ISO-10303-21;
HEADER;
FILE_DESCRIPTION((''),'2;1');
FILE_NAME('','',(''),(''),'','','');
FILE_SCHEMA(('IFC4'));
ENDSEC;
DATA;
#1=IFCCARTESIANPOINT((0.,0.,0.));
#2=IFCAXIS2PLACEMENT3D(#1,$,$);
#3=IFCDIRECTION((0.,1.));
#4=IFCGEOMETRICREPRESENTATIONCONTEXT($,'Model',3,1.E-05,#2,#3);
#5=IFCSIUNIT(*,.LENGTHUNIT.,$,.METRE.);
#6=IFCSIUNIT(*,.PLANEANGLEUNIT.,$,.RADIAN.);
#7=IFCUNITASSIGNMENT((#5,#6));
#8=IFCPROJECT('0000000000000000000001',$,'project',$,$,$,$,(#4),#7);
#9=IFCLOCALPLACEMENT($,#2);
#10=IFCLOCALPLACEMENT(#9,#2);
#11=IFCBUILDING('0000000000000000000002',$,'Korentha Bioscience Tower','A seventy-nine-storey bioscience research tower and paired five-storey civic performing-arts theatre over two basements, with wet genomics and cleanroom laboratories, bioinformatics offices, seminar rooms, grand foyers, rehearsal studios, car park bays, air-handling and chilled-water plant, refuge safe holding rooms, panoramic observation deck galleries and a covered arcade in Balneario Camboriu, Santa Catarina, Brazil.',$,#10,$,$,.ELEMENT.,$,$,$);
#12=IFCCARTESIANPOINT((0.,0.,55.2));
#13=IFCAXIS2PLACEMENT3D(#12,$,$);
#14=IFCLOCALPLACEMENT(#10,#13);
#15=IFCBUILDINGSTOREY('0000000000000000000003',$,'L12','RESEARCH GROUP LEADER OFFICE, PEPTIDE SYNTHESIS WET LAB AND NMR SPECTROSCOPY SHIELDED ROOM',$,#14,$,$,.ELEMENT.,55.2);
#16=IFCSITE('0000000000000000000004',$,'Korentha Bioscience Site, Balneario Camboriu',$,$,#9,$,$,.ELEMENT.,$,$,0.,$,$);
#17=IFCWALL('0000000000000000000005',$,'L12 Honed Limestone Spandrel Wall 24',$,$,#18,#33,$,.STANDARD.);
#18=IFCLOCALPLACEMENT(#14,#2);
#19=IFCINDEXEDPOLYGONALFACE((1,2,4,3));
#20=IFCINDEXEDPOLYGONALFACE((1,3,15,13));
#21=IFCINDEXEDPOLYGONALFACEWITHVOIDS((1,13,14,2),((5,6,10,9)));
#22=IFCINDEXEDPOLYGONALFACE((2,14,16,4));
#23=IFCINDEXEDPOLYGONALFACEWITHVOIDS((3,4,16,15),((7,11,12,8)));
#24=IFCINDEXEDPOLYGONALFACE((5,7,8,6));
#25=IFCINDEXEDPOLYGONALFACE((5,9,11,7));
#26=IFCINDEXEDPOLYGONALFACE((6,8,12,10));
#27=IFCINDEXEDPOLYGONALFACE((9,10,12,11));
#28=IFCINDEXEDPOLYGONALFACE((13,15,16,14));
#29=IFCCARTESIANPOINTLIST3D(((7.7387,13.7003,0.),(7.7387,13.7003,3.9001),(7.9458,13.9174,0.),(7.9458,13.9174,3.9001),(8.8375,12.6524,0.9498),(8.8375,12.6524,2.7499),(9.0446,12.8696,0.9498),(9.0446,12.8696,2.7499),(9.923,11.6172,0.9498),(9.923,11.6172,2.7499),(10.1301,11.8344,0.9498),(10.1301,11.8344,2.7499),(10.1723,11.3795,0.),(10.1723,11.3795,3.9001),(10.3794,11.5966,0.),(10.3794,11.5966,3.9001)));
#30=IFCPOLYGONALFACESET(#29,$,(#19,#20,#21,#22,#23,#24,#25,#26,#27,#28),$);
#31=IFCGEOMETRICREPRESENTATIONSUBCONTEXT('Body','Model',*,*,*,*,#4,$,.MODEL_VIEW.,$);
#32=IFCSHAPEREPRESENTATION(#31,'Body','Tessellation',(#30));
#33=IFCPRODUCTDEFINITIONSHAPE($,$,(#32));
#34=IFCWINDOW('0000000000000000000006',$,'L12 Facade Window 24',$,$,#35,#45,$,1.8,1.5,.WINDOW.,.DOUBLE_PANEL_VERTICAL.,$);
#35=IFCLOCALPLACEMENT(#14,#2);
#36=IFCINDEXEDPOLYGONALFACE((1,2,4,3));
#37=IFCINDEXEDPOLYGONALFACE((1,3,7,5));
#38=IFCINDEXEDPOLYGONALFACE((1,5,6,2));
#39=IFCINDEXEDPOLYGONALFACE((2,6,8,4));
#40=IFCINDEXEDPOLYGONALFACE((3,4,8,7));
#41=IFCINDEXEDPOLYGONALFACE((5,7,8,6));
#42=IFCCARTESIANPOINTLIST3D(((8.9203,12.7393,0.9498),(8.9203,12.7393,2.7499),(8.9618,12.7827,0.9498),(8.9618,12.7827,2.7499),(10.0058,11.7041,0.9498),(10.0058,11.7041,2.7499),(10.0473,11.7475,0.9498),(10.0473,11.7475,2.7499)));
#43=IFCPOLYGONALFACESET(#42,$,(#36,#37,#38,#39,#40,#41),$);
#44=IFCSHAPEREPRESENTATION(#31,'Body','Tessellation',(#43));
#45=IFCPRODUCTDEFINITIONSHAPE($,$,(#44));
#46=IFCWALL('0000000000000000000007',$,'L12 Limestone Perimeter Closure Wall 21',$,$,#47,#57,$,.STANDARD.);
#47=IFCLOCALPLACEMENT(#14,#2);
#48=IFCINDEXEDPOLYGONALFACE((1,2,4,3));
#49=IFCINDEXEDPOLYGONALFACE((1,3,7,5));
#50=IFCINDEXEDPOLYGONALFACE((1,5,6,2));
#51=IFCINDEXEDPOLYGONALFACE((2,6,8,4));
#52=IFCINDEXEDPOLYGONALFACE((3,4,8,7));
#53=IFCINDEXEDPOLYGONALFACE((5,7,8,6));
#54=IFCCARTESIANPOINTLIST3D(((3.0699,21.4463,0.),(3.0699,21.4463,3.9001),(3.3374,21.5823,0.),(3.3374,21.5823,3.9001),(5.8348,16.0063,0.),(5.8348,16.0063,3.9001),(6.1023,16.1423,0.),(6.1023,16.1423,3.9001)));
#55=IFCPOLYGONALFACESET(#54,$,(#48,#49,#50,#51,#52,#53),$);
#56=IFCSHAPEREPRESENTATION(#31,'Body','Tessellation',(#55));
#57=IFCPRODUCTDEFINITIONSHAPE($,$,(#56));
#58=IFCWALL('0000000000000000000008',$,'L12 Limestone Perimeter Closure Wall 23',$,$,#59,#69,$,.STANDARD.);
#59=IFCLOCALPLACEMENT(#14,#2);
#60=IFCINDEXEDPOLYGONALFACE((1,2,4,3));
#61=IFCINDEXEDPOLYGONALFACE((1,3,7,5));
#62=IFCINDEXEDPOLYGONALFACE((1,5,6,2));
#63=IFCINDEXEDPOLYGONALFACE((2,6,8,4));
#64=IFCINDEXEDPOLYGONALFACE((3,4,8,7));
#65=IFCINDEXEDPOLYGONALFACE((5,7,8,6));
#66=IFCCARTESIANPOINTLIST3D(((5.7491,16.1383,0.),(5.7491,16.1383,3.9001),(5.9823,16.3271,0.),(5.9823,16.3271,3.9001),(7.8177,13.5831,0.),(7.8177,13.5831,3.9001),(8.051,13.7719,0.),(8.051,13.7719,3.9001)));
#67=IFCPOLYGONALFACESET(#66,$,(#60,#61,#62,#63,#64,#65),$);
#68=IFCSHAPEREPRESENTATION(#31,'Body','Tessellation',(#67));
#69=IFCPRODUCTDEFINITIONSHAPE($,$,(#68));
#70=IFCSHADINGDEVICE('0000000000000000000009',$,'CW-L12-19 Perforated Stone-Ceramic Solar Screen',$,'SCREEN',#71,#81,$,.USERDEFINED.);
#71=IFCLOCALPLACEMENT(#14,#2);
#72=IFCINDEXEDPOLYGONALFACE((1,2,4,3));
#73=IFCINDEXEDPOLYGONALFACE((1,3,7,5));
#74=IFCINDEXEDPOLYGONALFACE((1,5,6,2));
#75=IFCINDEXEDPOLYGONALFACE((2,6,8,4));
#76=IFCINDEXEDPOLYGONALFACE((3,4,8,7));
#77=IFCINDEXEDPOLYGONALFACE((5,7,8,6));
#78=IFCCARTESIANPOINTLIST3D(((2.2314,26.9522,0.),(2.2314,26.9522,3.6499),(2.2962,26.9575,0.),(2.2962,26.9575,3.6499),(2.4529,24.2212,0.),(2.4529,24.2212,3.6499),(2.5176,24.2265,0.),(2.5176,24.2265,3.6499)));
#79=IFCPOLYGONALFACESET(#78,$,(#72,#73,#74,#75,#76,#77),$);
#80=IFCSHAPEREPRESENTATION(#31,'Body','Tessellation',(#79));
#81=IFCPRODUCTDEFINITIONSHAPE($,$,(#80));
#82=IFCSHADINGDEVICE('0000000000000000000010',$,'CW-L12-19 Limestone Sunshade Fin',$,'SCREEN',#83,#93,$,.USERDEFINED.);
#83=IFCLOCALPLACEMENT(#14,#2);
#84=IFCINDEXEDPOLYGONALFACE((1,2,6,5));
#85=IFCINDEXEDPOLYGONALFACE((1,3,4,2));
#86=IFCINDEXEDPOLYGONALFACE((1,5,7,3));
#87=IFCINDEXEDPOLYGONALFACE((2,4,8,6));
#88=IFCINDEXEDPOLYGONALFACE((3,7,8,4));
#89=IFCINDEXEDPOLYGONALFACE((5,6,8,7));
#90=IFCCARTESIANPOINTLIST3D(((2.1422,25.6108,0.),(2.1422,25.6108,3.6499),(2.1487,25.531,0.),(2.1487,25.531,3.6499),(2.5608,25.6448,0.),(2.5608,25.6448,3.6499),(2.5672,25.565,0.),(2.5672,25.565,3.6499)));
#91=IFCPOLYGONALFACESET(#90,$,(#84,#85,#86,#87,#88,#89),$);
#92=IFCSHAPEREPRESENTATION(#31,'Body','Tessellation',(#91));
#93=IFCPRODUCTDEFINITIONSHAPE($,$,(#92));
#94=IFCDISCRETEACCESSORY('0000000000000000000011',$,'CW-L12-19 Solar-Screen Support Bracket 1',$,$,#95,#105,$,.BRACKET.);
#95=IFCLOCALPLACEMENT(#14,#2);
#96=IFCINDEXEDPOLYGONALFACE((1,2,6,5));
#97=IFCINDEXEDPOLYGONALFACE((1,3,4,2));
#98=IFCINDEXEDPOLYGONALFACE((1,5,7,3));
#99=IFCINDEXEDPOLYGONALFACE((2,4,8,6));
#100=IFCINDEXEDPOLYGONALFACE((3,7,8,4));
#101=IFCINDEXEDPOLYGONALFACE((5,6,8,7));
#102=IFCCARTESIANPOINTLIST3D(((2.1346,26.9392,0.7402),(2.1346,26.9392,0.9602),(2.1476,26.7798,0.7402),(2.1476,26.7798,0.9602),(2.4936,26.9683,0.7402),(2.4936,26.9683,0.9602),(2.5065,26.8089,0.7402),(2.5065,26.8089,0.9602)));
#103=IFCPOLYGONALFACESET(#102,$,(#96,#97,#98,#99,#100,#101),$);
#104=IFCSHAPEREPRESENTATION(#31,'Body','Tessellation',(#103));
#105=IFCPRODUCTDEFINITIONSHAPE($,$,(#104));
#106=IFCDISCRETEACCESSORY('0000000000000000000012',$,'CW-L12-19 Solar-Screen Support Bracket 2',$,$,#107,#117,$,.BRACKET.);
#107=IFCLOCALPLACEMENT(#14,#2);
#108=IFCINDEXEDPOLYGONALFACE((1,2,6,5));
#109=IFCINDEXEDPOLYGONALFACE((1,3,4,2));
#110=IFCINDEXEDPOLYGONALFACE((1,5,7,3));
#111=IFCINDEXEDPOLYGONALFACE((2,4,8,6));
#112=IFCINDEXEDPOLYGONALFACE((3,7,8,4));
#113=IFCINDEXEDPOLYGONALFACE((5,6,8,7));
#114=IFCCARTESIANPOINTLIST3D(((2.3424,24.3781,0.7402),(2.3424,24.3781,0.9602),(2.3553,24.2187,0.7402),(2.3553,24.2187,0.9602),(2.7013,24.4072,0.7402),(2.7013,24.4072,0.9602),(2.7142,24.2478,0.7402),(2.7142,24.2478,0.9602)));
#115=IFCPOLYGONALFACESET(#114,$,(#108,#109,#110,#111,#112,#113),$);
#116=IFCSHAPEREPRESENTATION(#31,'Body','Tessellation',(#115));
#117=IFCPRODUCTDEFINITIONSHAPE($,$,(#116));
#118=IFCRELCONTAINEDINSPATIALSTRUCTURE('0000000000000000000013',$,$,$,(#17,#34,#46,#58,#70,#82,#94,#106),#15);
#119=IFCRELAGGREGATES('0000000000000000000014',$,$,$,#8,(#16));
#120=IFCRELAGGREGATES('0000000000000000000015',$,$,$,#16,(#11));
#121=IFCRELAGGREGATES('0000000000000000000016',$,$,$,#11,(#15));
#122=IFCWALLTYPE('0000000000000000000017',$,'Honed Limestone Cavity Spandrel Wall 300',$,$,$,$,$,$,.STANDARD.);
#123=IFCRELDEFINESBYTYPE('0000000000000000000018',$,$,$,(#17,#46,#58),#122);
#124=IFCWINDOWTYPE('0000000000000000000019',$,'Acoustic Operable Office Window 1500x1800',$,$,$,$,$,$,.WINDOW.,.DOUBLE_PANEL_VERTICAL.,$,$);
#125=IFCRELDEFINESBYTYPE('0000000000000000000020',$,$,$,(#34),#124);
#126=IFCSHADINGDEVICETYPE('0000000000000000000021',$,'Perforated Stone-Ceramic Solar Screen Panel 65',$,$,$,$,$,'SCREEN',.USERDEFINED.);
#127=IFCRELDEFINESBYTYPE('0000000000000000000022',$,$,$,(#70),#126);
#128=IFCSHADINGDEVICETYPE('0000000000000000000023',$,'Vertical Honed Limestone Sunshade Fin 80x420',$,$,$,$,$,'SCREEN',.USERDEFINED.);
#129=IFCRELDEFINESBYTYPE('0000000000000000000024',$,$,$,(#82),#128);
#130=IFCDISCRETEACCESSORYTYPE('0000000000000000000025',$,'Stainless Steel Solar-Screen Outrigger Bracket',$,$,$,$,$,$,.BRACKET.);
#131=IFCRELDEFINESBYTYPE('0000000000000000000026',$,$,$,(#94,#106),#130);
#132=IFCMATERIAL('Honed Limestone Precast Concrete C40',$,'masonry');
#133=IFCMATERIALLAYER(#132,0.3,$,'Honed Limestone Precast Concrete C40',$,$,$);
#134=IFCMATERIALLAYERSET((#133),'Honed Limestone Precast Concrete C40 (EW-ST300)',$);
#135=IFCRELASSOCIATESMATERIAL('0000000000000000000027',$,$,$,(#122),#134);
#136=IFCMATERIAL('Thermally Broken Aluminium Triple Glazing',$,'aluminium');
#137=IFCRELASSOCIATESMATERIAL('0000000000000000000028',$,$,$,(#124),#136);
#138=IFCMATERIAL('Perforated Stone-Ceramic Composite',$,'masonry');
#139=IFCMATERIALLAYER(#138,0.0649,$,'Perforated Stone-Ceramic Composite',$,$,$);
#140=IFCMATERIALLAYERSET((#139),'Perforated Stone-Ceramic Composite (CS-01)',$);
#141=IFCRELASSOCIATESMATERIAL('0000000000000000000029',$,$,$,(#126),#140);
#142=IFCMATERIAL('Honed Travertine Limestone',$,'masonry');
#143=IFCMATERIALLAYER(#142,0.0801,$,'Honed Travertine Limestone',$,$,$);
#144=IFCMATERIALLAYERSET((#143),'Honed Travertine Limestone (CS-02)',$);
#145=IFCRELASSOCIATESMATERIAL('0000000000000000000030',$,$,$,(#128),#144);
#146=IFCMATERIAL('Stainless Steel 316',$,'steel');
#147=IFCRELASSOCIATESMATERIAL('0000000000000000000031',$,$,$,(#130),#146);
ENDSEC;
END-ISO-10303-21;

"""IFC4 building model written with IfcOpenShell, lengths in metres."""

from ifc_helpers import new_model, si_unit, direction, frame, frame_2d, origin, origin_2d, place, context, subcontext, project, spatial, rectangle, extrude, material, layer, layer_set, type_object, element, fill, save


model = new_model("IFC4")

# Units and contexts
model_context = context("Model", 3, precision=1e-05, world=origin(), true_north=direction((0.0, 1.0)))
body_context = subcontext(model_context, "Body", "Model", "MODEL_VIEW")
ifc_project = project(units=[si_unit("LENGTHUNIT", "METRE"), si_unit("PLANEANGLEUNIT", "RADIAN")], contexts=[model_context])

# Site, building, storey
site_placement = place(None, origin())
site = spatial("IfcSite", under=ifc_project, at=site_placement, Name="Korentha Bioscience Site, Balneario Camboriu", CompositionType="ELEMENT", RefElevation=0.0)
building_placement = place(site_placement, origin())
building = spatial("IfcBuilding", under=site, at=building_placement, Name="Korentha Bioscience Tower", Description="A seventy-nine-storey bioscience research tower and paired five-storey civic performing-arts theatre over two basements, with wet genomics and cleanroom laboratories, bioinformatics offices, seminar rooms, grand foyers, rehearsal studios, car park bays, air-handling and chilled-water plant, refuge safe holding rooms, panoramic observation deck galleries and a covered arcade in Balneario Camboriu, Santa Catarina, Brazil.", CompositionType="ELEMENT")
storey_placement = place(building_placement, frame((0.0, 0.0, 55.2)))
storey = spatial("IfcBuildingStorey", under=building, at=storey_placement, Name="L12", Description="RESEARCH GROUP LEADER OFFICE, PEPTIDE SYNTHESIS WET LAB AND NMR SPECTROSCOPY SHIELDED ROOM", CompositionType="ELEMENT", Elevation=55.2)

# Shared definitions
ifc_material_1 = material(Name="Honed Limestone Precast Concrete C40", Category="masonry")
ifc_layer_1 = layer(ifc_material_1, 0.3, Name="Honed Limestone Precast Concrete C40")
ifc_layer_set_1 = layer_set([ifc_layer_1], Name="Honed Limestone Precast Concrete C40 (EW-ST300)")
wall_type_1 = type_object("IfcWallType", Name="Honed Limestone Cavity Spandrel Wall 300", PredefinedType="STANDARD", material=ifc_layer_set_1)

# Wall, opening, window
wall_1_placement = place(storey_placement, frame((7.8423, 13.8088, 0.0), z_axis=(0.0, 0.0, 1.0), x_axis=(0.723679, -0.690137, 0.0)))
wall_1 = element("IfcWall", 1, at=wall_1_placement, inside=storey, type_object=wall_type_1, Name="L12 Honed Limestone Spandrel Wall 24", PredefinedType="STANDARD", context=body_context, shape_type="SweptSolid", body=[
    extrude(rectangle(XDim=3.3628, YDim=0.3, at=frame_2d((1.6814, 0.0))), origin(), (0.0, 0.0, 1.0), 3.9001),
])
opening_1_placement = place(wall_1_placement, frame((1.5183, 0.0, 0.95)))
opening_1 = element("IfcOpeningElement", 2, at=opening_1_placement, cuts=wall_1, PredefinedType="OPENING", context=body_context, shape_type="SweptSolid", body=[
    extrude(rectangle(XDim=1.5, YDim=1.8, at=frame_2d((0.75, 0.8999))), frame((0.0, 0.165, 0.0), z_axis=(0.0, -1.0, 0.0), x_axis=(1.0, 0.0, 0.0)), (0.0, 0.0, 1.0), 0.3298),
])
ifc_material_2 = material(Name="Thermally Broken Aluminium Triple Glazing", Category="aluminium")
window_type = type_object("IfcWindowType", Name="Acoustic Operable Office Window 1500x1800", PartitioningType="DOUBLE_PANEL_VERTICAL", PredefinedType="WINDOW", material=ifc_material_2)
window_placement = place(opening_1_placement, origin())
window = element("IfcWindow", 3, at=window_placement, inside=storey, type_object=window_type, Name="L12 Facade Window 24", OverallHeight=1.8, OverallWidth=1.5, PartitioningType="DOUBLE_PANEL_VERTICAL", PredefinedType="WINDOW", context=body_context, shape_type="SweptSolid", body=[
    extrude(rectangle(XDim=1.5, YDim=1.8, at=frame_2d((0.75, 0.8999))), frame((0.0, 0.03, 0.0), z_axis=(0.0, -1.0, 0.0), x_axis=(1.0, 0.0, 0.0)), (0.0, 0.0, 1.0), 0.0601),
])
fill(opening_1, window)

# Walls
wall_2_placement = place(storey_placement, frame((3.2036, 21.5144, 0.0), z_axis=(0.0, 0.0, 1.0), x_axis=(0.453093, -0.891463, 0.0)))
element("IfcWall", 4, at=wall_2_placement, inside=storey, type_object=wall_type_1, Name="L12 Limestone Perimeter Closure Wall 21", PredefinedType="STANDARD", context=body_context, shape_type="SweptSolid", body=[
    extrude(rectangle(XDim=6.1023, YDim=0.3, at=frame_2d((3.0513, 0.0))), origin(), (0.0, 0.0, 1.0), 3.9001),
])
wall_3_placement = place(storey_placement, frame((5.8657, 16.2327, 0.0), z_axis=(0.0, 0.0, 1.0), x_axis=(0.629222, -0.777226, 0.0)))
element("IfcWall", 5, at=wall_3_placement, inside=storey, type_object=wall_type_1, Name="L12 Limestone Perimeter Closure Wall 23", PredefinedType="STANDARD", context=body_context, shape_type="SweptSolid", body=[
    extrude(rectangle(XDim=3.2876, YDim=0.3, at=frame_2d((1.6438, 0.0))), origin(), (0.0, 0.0, 1.0), 3.9001),
])

# Shading devices
ifc_material_3 = material(Name="Perforated Stone-Ceramic Composite", Category="masonry")
ifc_layer_2 = layer(ifc_material_3, 0.0649, Name="Perforated Stone-Ceramic Composite")
ifc_layer_set_2 = layer_set([ifc_layer_2], Name="Perforated Stone-Ceramic Composite (CS-01)")
shading_device_type_1 = type_object("IfcShadingDeviceType", Name="Perforated Stone-Ceramic Solar Screen Panel 65", ElementType="SCREEN", PredefinedType="USERDEFINED", material=ifc_layer_set_2)
shading_device_1_placement = place(storey_placement, frame((2.3745, 25.5894, 0.0), z_axis=(0.0, 0.0, 1.0), x_axis=(0.08082, -0.996729, 0.0)))
element("IfcShadingDevice", 6, at=shading_device_1_placement, inside=storey, type_object=shading_device_type_1, Name="CW-L12-19 Perforated Stone-Ceramic Solar Screen", ObjectType="SCREEN", PredefinedType="USERDEFINED", context=body_context, shape_type="SweptSolid", body=[
    extrude(rectangle(XDim=2.74, YDim=0.0649, at=origin_2d()), origin(), (0.0, 0.0, 1.0), 3.6499),
])
ifc_material_4 = material(Name="Honed Travertine Limestone", Category="masonry")
ifc_layer_3 = layer(ifc_material_4, 0.0801, Name="Honed Travertine Limestone")
ifc_layer_set_3 = layer_set([ifc_layer_3], Name="Honed Travertine Limestone (CS-02)")
shading_device_type_2 = type_object("IfcShadingDeviceType", Name="Vertical Honed Limestone Sunshade Fin 80x420", ElementType="SCREEN", PredefinedType="USERDEFINED", material=ifc_layer_set_3)
shading_device_2_placement = place(storey_placement, frame((2.3547, 25.5879, 0.0), z_axis=(0.0, 0.0, 1.0), x_axis=(0.08082, -0.996729, 0.0)))
element("IfcShadingDevice", 7, at=shading_device_2_placement, inside=storey, type_object=shading_device_type_2, Name="CW-L12-19 Limestone Sunshade Fin", ObjectType="SCREEN", PredefinedType="USERDEFINED", context=body_context, shape_type="SweptSolid", body=[
    extrude(rectangle(XDim=0.0801, YDim=0.4199, at=origin_2d()), origin(), (0.0, 0.0, 1.0), 3.6499),
])

# Discrete accessories
ifc_material_5 = material(Name="Stainless Steel 316", Category="steel")
discrete_accessory_type = type_object("IfcDiscreteAccessoryType", Name="Stainless Steel Solar-Screen Outrigger Bracket", PredefinedType="BRACKET", material=ifc_material_5)
for number, where, z_axis, x_axis, name in (
    (8, (2.3206, 26.874, 0.7402), (0.0, 0.0, 1.0), (0.08082, -0.996729, 0.0), "CW-L12-19 Solar-Screen Support Bracket 1"),
    (9, (2.5283, 24.313, 0.7402), (0.0, 0.0, 1.0), (0.08082, -0.996729, 0.0), "CW-L12-19 Solar-Screen Support Bracket 2"),
):
    element("IfcDiscreteAccessory", number, at=place(storey_placement, frame(where, z_axis=z_axis, x_axis=x_axis)), inside=storey, type_object=discrete_accessory_type, Name=name, PredefinedType="BRACKET", context=body_context, shape_type="SweptSolid", body=[
        extrude(rectangle(XDim=0.1599, YDim=0.3601, at=origin_2d()), origin(), (0.0, 0.0, 1.0), 0.22),
    ])

save(model, "model.ifc")
